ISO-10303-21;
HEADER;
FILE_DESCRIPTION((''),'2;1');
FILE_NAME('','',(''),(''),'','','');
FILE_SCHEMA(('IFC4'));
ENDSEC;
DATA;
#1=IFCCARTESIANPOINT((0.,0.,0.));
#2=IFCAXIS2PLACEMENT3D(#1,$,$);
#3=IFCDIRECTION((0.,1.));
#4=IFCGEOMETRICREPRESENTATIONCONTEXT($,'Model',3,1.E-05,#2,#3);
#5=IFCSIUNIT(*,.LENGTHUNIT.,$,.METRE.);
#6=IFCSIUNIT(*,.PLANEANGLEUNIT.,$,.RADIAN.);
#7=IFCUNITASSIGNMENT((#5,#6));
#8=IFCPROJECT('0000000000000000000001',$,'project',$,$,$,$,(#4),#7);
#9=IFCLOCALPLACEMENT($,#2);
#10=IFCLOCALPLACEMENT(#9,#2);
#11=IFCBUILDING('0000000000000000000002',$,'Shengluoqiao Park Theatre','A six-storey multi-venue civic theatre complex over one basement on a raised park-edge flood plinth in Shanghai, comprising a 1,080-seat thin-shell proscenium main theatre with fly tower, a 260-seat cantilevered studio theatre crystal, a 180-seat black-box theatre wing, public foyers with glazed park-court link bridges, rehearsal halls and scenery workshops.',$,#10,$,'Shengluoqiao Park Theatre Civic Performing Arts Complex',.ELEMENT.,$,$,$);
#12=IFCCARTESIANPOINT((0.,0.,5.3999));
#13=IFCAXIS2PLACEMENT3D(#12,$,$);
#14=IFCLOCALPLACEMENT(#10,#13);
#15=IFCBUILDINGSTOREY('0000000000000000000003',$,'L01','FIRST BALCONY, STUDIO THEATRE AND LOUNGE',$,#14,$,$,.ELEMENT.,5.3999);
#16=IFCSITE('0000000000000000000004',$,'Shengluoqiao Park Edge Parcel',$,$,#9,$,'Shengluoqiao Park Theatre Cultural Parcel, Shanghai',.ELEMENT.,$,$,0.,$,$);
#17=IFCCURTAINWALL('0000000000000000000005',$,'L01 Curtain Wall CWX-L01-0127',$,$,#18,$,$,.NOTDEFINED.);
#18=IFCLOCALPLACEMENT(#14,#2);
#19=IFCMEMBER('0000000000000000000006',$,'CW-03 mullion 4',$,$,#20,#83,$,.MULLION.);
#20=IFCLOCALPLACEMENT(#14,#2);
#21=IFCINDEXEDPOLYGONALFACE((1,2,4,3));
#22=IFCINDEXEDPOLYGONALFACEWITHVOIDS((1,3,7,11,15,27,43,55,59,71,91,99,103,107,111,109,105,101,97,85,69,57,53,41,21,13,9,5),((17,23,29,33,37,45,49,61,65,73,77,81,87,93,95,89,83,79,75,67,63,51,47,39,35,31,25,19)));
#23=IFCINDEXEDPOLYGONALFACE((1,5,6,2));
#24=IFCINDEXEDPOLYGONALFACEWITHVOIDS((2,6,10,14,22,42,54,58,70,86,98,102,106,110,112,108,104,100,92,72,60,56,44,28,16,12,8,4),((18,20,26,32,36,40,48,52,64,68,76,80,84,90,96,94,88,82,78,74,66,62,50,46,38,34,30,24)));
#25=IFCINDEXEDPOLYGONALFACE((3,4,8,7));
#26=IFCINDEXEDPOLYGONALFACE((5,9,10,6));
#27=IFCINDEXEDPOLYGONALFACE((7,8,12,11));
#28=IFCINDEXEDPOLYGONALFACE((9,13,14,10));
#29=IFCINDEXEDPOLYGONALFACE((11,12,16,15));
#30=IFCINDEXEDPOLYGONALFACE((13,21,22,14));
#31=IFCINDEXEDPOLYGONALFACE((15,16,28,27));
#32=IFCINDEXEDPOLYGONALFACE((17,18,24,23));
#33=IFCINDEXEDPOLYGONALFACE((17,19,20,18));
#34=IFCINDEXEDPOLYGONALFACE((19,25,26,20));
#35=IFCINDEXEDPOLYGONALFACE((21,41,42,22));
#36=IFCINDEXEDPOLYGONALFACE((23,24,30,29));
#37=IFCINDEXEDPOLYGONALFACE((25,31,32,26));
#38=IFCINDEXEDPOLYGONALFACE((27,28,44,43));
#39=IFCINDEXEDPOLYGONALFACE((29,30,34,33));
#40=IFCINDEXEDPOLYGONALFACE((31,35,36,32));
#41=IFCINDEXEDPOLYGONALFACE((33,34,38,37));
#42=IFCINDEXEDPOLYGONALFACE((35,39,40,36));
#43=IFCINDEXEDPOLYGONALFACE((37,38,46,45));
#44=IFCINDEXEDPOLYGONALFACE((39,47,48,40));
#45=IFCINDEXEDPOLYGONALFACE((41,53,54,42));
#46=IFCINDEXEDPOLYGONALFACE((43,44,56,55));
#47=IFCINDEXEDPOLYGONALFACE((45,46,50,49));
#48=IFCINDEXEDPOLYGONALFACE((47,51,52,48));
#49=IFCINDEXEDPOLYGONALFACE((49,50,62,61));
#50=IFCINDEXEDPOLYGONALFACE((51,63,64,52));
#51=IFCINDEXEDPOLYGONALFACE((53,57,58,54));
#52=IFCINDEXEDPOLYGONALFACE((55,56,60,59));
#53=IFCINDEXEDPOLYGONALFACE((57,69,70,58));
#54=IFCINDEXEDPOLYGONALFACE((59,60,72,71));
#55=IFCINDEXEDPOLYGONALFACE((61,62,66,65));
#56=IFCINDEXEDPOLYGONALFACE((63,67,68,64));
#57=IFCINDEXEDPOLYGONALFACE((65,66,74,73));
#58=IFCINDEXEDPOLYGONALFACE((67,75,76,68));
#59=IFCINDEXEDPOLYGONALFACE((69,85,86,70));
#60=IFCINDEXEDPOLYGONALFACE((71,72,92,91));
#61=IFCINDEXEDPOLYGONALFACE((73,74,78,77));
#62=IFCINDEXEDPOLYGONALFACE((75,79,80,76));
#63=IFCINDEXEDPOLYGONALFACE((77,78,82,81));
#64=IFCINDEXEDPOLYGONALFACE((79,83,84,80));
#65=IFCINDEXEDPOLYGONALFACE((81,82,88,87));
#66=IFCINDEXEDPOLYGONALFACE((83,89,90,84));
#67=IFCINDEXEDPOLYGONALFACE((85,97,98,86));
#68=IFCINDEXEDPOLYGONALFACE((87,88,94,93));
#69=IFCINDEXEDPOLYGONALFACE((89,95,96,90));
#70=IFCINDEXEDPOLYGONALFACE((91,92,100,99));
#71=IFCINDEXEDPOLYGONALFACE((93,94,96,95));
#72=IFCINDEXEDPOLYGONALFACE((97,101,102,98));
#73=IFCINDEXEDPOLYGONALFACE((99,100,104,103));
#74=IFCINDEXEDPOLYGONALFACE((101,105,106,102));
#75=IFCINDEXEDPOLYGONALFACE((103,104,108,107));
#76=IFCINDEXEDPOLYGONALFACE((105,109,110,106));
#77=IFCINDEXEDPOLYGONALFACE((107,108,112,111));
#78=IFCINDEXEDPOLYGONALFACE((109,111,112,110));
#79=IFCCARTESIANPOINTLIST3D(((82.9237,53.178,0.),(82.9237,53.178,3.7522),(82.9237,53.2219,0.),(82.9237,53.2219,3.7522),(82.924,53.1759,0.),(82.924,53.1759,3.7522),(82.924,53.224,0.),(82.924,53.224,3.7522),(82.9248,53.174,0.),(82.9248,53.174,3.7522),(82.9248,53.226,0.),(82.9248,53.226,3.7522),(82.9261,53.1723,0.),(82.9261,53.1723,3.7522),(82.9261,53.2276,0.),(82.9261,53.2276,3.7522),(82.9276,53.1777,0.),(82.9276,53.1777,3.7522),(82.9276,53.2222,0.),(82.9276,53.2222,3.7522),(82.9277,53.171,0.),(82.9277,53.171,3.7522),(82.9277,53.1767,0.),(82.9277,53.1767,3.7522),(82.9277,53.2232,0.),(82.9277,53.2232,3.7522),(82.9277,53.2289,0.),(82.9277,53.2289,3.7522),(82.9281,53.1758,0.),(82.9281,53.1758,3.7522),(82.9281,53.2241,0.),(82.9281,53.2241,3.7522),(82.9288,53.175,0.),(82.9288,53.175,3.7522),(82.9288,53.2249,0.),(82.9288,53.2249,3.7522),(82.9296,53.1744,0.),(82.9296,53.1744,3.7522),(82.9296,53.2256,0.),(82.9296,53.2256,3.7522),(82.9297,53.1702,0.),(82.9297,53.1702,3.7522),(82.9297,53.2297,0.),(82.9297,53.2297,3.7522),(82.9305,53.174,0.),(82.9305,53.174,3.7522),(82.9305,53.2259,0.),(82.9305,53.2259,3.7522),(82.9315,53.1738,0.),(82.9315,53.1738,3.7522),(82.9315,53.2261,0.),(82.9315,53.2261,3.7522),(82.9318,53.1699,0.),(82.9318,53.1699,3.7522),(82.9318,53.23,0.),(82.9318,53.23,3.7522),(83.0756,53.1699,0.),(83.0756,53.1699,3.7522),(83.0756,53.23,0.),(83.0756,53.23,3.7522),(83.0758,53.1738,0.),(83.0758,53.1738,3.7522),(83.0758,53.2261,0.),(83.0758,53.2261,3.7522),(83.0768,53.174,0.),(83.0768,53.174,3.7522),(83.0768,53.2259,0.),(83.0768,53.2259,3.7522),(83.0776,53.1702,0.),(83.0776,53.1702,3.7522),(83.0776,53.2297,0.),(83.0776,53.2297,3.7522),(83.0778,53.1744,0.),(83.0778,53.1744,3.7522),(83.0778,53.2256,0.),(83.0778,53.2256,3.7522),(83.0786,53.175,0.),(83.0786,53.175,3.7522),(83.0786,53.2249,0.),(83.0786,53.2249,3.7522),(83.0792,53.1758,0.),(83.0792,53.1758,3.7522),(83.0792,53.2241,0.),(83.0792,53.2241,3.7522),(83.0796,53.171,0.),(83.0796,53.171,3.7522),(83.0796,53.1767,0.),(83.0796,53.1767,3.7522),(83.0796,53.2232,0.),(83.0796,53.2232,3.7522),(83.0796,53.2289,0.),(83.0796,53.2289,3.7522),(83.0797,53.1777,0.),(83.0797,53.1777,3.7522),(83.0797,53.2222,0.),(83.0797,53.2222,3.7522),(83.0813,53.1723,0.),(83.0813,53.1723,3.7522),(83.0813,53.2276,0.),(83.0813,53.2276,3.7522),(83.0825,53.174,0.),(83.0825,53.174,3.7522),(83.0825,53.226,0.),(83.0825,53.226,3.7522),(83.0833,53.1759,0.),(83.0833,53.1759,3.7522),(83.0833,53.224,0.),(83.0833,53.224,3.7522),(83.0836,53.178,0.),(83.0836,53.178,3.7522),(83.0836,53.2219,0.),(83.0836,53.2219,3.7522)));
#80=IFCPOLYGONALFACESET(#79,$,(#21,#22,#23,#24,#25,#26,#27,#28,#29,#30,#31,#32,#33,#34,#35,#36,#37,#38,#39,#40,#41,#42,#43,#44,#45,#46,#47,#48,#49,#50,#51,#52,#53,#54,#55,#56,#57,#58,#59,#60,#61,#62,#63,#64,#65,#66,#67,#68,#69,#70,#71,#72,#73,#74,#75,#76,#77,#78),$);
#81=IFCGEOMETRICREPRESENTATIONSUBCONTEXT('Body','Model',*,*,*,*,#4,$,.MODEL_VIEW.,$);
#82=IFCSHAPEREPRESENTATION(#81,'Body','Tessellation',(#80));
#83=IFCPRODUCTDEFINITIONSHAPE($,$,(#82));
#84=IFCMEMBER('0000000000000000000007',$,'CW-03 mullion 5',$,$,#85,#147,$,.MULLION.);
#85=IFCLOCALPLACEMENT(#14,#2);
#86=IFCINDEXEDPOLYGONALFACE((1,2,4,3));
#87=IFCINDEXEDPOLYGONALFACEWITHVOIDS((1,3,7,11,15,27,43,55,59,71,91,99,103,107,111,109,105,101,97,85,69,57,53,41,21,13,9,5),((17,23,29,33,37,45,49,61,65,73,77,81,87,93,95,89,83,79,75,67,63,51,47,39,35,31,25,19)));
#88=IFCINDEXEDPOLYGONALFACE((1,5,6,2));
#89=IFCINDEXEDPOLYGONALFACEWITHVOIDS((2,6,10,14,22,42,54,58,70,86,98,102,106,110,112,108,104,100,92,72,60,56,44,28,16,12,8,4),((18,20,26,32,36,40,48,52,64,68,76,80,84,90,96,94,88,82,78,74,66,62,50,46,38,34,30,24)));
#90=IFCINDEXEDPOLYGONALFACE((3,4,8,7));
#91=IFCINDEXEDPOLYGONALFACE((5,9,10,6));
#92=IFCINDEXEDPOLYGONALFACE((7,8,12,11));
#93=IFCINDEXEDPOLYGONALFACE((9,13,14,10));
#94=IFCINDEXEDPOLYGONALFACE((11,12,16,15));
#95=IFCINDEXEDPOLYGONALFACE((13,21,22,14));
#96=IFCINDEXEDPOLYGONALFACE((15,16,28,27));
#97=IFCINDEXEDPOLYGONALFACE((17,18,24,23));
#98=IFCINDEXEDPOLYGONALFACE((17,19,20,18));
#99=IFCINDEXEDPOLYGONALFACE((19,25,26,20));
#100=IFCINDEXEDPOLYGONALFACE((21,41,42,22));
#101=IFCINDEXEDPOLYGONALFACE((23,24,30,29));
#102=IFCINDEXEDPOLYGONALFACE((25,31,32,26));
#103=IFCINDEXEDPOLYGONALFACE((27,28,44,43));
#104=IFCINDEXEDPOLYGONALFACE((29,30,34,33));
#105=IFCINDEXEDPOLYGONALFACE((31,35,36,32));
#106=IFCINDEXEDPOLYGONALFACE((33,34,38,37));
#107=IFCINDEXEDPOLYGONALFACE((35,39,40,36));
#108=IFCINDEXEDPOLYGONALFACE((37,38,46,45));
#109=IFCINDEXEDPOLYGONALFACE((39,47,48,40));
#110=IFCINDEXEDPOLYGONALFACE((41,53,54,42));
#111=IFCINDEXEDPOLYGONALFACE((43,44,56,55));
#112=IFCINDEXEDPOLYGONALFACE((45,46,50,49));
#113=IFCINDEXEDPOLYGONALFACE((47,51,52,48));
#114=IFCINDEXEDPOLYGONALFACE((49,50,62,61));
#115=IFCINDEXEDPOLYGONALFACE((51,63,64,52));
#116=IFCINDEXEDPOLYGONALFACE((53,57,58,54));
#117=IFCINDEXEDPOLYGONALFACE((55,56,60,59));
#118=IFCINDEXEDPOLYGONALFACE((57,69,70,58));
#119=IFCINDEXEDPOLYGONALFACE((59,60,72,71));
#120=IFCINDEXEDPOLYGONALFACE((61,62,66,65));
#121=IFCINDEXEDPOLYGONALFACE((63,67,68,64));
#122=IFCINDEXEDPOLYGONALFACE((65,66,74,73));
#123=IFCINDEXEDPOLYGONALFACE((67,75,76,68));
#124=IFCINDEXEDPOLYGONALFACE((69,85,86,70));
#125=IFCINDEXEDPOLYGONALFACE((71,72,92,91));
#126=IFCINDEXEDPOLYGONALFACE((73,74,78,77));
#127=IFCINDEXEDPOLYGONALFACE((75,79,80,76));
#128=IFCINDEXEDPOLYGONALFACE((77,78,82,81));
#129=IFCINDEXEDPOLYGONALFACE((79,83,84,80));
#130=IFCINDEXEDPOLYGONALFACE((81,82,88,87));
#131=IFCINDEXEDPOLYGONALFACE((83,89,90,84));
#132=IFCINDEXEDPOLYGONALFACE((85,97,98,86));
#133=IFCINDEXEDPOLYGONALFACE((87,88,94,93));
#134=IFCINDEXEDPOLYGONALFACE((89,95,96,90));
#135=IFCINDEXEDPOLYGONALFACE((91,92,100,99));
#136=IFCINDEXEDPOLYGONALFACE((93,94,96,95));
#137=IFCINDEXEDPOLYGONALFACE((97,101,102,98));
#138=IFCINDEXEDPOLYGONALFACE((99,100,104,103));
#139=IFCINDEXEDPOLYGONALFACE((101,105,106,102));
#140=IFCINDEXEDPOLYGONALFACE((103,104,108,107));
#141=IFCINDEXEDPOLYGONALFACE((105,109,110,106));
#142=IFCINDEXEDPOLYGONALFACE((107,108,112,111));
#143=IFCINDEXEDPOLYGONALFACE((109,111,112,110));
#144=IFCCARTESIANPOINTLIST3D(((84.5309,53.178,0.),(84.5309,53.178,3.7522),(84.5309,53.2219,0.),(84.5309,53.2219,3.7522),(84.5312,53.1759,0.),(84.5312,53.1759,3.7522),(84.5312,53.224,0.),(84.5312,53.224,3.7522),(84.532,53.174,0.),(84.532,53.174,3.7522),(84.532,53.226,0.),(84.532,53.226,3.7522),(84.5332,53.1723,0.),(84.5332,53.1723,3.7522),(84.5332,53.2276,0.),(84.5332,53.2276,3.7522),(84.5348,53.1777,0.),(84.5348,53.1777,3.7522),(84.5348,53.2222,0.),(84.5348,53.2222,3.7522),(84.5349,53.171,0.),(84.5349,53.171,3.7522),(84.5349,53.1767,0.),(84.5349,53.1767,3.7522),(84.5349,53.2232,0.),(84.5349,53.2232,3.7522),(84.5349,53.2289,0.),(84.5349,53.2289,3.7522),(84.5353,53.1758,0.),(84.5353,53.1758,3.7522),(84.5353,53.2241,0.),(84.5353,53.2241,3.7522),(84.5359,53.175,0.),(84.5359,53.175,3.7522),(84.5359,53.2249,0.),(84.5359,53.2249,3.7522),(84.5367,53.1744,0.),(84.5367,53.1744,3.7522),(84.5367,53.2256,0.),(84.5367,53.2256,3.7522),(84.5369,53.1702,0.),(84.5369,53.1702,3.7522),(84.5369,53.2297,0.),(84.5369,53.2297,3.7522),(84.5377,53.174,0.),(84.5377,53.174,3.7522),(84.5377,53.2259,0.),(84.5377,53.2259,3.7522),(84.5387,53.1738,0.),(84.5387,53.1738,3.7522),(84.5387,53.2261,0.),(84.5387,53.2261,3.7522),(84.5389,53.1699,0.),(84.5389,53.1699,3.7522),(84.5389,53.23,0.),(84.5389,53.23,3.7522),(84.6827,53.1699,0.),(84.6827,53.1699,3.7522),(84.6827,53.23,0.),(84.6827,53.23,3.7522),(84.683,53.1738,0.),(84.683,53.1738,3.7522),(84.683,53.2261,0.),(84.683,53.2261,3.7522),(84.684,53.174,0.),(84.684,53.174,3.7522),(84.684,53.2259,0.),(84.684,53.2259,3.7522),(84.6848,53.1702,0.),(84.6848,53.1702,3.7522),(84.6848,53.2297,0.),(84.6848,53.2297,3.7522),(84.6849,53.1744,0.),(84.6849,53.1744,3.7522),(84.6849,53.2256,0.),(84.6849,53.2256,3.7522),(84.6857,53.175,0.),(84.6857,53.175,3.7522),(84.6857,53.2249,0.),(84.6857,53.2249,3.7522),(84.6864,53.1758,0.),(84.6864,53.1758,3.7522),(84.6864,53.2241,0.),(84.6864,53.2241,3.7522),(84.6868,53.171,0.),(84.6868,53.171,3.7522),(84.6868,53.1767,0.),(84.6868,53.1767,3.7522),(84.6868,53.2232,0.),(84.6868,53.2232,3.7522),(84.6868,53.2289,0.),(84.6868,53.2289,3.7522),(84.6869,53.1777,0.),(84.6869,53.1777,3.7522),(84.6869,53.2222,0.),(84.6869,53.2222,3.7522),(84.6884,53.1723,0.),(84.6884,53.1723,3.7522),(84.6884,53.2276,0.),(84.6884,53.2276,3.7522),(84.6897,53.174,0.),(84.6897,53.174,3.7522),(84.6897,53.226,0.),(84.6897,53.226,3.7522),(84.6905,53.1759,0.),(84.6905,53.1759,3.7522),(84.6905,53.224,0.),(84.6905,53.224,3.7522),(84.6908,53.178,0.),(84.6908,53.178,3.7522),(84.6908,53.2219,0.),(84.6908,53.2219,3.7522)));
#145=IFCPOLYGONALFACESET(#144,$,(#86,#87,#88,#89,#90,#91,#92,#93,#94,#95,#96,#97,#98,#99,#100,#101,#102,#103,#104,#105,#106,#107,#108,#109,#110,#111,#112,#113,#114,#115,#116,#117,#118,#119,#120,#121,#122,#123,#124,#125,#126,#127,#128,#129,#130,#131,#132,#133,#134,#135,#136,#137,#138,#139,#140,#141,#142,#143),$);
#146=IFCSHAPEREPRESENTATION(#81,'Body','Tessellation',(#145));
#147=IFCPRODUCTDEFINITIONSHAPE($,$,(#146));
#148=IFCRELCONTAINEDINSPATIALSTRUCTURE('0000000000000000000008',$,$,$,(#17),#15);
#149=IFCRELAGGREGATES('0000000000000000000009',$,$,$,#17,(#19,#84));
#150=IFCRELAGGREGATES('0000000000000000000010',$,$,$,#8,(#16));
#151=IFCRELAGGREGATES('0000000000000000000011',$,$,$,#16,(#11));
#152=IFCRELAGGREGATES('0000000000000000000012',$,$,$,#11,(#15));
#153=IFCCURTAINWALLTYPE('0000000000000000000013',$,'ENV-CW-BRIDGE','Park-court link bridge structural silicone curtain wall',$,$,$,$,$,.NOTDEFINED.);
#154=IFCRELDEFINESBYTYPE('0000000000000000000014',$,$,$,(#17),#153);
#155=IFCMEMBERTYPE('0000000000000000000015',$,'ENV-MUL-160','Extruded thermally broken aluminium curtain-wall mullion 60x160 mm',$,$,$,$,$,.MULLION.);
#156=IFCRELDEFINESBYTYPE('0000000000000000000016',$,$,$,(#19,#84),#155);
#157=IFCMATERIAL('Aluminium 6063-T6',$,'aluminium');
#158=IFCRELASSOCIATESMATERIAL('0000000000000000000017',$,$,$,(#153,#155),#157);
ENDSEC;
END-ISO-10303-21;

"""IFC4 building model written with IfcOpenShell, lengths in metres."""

from ifc_helpers import new_model, si_unit, direction, frame, origin, origin_2d, place, context, subcontext, project, spatial, hollow_rectangle, extrude, material, material_profile, profile_set, type_object, element, aggregate, save


model = new_model("IFC4")

# Units and contexts
model_context = context("Model", 3, precision=1e-05, world=origin(), true_north=direction((0.0, 1.0)))
body_context = subcontext(model_context, "Body", "Model", "MODEL_VIEW")
ifc_project = project(units=[si_unit("LENGTHUNIT", "METRE"), si_unit("PLANEANGLEUNIT", "RADIAN")], contexts=[model_context])

# Site, building, storey
site_placement = place(None, origin())
site = spatial("IfcSite", under=ifc_project, at=site_placement, Name="Shengluoqiao Park Edge Parcel", LongName="Shengluoqiao Park Theatre Cultural Parcel, Shanghai", CompositionType="ELEMENT", RefElevation=0.0)
building_placement = place(site_placement, origin())
building = spatial("IfcBuilding", under=site, at=building_placement, Name="Shengluoqiao Park Theatre", Description="A six-storey multi-venue civic theatre complex over one basement on a raised park-edge flood plinth in Shanghai, comprising a 1,080-seat thin-shell proscenium main theatre with fly tower, a 260-seat cantilevered studio theatre crystal, a 180-seat black-box theatre wing, public foyers with glazed park-court link bridges, rehearsal halls and scenery workshops.", LongName="Shengluoqiao Park Theatre Civic Performing Arts Complex", CompositionType="ELEMENT")
storey_placement = place(building_placement, frame((0.0, 0.0, 5.3999)))
storey = spatial("IfcBuildingStorey", under=building, at=storey_placement, Name="L01", Description="FIRST BALCONY, STUDIO THEATRE AND LOUNGE", CompositionType="ELEMENT", Elevation=5.3999)

# Curtain wall, members
ifc_material_1 = material(Name="Aluminium 6063-T6", Category="aluminium")
curtain_wall_type = type_object("IfcCurtainWallType", Name="ENV-CW-BRIDGE", Description="Park-court link bridge structural silicone curtain wall", PredefinedType="NOTDEFINED", material=ifc_material_1)
curtain_wall_placement = place(storey_placement, origin())
curtain_wall = element("IfcCurtainWall", 1, at=curtain_wall_placement, inside=storey, type_object=curtain_wall_type, Name="L01 Curtain Wall CWX-L01-0127", PredefinedType="NOTDEFINED")
ifc_material_profile_1 = material_profile(ifc_material_1, hollow_rectangle(XDim=0.0601, YDim=0.1599, WallThickness=0.0039, InnerFilletRadius=0.0039, OuterFilletRadius=0.0081, at=origin_2d()), Name="ALU MULLION 160x60x4")
ifc_profile_set_1 = profile_set([ifc_material_profile_1], Name="Aluminium 6063-T6")
member_type_1 = type_object("IfcMemberType", Name="ENV-MUL-160", Description="Extruded thermally broken aluminium curtain-wall mullion 60x160 mm", PredefinedType="MULLION", material=ifc_profile_set_1)
member_1_placement = place(storey_placement, frame((83.0037, 53.2, 0.0), z_axis=(0.0, 0.0, 1.0), x_axis=(0.0, 1.0, 0.0)))
member_1 = element("IfcMember", 2, at=member_1_placement, type_object=member_type_1, Name="CW-03 mullion 4", PredefinedType="MULLION", context=body_context, shape_type="SweptSolid", body=[
    extrude(hollow_rectangle(XDim=0.0601, YDim=0.1599, WallThickness=0.0039, InnerFilletRadius=0.0039, OuterFilletRadius=0.0081, at=origin_2d()), origin(), (0.0, 0.0, 1.0), 3.7522),
])
member_2_placement = place(storey_placement, frame((84.6108, 53.2, 0.0), z_axis=(0.0, 0.0, 1.0), x_axis=(0.0, 1.0, 0.0)))
member_2 = element("IfcMember", 3, at=member_2_placement, type_object=member_type_1, Name="CW-03 mullion 5", PredefinedType="MULLION", context=body_context, shape_type="SweptSolid", body=[
    extrude(hollow_rectangle(XDim=0.0601, YDim=0.1599, WallThickness=0.0039, InnerFilletRadius=0.0039, OuterFilletRadius=0.0081, at=origin_2d()), origin(), (0.0, 0.0, 1.0), 3.7522),
])

aggregate(curtain_wall, [member_1, member_2])

save(model, "model.ifc")
